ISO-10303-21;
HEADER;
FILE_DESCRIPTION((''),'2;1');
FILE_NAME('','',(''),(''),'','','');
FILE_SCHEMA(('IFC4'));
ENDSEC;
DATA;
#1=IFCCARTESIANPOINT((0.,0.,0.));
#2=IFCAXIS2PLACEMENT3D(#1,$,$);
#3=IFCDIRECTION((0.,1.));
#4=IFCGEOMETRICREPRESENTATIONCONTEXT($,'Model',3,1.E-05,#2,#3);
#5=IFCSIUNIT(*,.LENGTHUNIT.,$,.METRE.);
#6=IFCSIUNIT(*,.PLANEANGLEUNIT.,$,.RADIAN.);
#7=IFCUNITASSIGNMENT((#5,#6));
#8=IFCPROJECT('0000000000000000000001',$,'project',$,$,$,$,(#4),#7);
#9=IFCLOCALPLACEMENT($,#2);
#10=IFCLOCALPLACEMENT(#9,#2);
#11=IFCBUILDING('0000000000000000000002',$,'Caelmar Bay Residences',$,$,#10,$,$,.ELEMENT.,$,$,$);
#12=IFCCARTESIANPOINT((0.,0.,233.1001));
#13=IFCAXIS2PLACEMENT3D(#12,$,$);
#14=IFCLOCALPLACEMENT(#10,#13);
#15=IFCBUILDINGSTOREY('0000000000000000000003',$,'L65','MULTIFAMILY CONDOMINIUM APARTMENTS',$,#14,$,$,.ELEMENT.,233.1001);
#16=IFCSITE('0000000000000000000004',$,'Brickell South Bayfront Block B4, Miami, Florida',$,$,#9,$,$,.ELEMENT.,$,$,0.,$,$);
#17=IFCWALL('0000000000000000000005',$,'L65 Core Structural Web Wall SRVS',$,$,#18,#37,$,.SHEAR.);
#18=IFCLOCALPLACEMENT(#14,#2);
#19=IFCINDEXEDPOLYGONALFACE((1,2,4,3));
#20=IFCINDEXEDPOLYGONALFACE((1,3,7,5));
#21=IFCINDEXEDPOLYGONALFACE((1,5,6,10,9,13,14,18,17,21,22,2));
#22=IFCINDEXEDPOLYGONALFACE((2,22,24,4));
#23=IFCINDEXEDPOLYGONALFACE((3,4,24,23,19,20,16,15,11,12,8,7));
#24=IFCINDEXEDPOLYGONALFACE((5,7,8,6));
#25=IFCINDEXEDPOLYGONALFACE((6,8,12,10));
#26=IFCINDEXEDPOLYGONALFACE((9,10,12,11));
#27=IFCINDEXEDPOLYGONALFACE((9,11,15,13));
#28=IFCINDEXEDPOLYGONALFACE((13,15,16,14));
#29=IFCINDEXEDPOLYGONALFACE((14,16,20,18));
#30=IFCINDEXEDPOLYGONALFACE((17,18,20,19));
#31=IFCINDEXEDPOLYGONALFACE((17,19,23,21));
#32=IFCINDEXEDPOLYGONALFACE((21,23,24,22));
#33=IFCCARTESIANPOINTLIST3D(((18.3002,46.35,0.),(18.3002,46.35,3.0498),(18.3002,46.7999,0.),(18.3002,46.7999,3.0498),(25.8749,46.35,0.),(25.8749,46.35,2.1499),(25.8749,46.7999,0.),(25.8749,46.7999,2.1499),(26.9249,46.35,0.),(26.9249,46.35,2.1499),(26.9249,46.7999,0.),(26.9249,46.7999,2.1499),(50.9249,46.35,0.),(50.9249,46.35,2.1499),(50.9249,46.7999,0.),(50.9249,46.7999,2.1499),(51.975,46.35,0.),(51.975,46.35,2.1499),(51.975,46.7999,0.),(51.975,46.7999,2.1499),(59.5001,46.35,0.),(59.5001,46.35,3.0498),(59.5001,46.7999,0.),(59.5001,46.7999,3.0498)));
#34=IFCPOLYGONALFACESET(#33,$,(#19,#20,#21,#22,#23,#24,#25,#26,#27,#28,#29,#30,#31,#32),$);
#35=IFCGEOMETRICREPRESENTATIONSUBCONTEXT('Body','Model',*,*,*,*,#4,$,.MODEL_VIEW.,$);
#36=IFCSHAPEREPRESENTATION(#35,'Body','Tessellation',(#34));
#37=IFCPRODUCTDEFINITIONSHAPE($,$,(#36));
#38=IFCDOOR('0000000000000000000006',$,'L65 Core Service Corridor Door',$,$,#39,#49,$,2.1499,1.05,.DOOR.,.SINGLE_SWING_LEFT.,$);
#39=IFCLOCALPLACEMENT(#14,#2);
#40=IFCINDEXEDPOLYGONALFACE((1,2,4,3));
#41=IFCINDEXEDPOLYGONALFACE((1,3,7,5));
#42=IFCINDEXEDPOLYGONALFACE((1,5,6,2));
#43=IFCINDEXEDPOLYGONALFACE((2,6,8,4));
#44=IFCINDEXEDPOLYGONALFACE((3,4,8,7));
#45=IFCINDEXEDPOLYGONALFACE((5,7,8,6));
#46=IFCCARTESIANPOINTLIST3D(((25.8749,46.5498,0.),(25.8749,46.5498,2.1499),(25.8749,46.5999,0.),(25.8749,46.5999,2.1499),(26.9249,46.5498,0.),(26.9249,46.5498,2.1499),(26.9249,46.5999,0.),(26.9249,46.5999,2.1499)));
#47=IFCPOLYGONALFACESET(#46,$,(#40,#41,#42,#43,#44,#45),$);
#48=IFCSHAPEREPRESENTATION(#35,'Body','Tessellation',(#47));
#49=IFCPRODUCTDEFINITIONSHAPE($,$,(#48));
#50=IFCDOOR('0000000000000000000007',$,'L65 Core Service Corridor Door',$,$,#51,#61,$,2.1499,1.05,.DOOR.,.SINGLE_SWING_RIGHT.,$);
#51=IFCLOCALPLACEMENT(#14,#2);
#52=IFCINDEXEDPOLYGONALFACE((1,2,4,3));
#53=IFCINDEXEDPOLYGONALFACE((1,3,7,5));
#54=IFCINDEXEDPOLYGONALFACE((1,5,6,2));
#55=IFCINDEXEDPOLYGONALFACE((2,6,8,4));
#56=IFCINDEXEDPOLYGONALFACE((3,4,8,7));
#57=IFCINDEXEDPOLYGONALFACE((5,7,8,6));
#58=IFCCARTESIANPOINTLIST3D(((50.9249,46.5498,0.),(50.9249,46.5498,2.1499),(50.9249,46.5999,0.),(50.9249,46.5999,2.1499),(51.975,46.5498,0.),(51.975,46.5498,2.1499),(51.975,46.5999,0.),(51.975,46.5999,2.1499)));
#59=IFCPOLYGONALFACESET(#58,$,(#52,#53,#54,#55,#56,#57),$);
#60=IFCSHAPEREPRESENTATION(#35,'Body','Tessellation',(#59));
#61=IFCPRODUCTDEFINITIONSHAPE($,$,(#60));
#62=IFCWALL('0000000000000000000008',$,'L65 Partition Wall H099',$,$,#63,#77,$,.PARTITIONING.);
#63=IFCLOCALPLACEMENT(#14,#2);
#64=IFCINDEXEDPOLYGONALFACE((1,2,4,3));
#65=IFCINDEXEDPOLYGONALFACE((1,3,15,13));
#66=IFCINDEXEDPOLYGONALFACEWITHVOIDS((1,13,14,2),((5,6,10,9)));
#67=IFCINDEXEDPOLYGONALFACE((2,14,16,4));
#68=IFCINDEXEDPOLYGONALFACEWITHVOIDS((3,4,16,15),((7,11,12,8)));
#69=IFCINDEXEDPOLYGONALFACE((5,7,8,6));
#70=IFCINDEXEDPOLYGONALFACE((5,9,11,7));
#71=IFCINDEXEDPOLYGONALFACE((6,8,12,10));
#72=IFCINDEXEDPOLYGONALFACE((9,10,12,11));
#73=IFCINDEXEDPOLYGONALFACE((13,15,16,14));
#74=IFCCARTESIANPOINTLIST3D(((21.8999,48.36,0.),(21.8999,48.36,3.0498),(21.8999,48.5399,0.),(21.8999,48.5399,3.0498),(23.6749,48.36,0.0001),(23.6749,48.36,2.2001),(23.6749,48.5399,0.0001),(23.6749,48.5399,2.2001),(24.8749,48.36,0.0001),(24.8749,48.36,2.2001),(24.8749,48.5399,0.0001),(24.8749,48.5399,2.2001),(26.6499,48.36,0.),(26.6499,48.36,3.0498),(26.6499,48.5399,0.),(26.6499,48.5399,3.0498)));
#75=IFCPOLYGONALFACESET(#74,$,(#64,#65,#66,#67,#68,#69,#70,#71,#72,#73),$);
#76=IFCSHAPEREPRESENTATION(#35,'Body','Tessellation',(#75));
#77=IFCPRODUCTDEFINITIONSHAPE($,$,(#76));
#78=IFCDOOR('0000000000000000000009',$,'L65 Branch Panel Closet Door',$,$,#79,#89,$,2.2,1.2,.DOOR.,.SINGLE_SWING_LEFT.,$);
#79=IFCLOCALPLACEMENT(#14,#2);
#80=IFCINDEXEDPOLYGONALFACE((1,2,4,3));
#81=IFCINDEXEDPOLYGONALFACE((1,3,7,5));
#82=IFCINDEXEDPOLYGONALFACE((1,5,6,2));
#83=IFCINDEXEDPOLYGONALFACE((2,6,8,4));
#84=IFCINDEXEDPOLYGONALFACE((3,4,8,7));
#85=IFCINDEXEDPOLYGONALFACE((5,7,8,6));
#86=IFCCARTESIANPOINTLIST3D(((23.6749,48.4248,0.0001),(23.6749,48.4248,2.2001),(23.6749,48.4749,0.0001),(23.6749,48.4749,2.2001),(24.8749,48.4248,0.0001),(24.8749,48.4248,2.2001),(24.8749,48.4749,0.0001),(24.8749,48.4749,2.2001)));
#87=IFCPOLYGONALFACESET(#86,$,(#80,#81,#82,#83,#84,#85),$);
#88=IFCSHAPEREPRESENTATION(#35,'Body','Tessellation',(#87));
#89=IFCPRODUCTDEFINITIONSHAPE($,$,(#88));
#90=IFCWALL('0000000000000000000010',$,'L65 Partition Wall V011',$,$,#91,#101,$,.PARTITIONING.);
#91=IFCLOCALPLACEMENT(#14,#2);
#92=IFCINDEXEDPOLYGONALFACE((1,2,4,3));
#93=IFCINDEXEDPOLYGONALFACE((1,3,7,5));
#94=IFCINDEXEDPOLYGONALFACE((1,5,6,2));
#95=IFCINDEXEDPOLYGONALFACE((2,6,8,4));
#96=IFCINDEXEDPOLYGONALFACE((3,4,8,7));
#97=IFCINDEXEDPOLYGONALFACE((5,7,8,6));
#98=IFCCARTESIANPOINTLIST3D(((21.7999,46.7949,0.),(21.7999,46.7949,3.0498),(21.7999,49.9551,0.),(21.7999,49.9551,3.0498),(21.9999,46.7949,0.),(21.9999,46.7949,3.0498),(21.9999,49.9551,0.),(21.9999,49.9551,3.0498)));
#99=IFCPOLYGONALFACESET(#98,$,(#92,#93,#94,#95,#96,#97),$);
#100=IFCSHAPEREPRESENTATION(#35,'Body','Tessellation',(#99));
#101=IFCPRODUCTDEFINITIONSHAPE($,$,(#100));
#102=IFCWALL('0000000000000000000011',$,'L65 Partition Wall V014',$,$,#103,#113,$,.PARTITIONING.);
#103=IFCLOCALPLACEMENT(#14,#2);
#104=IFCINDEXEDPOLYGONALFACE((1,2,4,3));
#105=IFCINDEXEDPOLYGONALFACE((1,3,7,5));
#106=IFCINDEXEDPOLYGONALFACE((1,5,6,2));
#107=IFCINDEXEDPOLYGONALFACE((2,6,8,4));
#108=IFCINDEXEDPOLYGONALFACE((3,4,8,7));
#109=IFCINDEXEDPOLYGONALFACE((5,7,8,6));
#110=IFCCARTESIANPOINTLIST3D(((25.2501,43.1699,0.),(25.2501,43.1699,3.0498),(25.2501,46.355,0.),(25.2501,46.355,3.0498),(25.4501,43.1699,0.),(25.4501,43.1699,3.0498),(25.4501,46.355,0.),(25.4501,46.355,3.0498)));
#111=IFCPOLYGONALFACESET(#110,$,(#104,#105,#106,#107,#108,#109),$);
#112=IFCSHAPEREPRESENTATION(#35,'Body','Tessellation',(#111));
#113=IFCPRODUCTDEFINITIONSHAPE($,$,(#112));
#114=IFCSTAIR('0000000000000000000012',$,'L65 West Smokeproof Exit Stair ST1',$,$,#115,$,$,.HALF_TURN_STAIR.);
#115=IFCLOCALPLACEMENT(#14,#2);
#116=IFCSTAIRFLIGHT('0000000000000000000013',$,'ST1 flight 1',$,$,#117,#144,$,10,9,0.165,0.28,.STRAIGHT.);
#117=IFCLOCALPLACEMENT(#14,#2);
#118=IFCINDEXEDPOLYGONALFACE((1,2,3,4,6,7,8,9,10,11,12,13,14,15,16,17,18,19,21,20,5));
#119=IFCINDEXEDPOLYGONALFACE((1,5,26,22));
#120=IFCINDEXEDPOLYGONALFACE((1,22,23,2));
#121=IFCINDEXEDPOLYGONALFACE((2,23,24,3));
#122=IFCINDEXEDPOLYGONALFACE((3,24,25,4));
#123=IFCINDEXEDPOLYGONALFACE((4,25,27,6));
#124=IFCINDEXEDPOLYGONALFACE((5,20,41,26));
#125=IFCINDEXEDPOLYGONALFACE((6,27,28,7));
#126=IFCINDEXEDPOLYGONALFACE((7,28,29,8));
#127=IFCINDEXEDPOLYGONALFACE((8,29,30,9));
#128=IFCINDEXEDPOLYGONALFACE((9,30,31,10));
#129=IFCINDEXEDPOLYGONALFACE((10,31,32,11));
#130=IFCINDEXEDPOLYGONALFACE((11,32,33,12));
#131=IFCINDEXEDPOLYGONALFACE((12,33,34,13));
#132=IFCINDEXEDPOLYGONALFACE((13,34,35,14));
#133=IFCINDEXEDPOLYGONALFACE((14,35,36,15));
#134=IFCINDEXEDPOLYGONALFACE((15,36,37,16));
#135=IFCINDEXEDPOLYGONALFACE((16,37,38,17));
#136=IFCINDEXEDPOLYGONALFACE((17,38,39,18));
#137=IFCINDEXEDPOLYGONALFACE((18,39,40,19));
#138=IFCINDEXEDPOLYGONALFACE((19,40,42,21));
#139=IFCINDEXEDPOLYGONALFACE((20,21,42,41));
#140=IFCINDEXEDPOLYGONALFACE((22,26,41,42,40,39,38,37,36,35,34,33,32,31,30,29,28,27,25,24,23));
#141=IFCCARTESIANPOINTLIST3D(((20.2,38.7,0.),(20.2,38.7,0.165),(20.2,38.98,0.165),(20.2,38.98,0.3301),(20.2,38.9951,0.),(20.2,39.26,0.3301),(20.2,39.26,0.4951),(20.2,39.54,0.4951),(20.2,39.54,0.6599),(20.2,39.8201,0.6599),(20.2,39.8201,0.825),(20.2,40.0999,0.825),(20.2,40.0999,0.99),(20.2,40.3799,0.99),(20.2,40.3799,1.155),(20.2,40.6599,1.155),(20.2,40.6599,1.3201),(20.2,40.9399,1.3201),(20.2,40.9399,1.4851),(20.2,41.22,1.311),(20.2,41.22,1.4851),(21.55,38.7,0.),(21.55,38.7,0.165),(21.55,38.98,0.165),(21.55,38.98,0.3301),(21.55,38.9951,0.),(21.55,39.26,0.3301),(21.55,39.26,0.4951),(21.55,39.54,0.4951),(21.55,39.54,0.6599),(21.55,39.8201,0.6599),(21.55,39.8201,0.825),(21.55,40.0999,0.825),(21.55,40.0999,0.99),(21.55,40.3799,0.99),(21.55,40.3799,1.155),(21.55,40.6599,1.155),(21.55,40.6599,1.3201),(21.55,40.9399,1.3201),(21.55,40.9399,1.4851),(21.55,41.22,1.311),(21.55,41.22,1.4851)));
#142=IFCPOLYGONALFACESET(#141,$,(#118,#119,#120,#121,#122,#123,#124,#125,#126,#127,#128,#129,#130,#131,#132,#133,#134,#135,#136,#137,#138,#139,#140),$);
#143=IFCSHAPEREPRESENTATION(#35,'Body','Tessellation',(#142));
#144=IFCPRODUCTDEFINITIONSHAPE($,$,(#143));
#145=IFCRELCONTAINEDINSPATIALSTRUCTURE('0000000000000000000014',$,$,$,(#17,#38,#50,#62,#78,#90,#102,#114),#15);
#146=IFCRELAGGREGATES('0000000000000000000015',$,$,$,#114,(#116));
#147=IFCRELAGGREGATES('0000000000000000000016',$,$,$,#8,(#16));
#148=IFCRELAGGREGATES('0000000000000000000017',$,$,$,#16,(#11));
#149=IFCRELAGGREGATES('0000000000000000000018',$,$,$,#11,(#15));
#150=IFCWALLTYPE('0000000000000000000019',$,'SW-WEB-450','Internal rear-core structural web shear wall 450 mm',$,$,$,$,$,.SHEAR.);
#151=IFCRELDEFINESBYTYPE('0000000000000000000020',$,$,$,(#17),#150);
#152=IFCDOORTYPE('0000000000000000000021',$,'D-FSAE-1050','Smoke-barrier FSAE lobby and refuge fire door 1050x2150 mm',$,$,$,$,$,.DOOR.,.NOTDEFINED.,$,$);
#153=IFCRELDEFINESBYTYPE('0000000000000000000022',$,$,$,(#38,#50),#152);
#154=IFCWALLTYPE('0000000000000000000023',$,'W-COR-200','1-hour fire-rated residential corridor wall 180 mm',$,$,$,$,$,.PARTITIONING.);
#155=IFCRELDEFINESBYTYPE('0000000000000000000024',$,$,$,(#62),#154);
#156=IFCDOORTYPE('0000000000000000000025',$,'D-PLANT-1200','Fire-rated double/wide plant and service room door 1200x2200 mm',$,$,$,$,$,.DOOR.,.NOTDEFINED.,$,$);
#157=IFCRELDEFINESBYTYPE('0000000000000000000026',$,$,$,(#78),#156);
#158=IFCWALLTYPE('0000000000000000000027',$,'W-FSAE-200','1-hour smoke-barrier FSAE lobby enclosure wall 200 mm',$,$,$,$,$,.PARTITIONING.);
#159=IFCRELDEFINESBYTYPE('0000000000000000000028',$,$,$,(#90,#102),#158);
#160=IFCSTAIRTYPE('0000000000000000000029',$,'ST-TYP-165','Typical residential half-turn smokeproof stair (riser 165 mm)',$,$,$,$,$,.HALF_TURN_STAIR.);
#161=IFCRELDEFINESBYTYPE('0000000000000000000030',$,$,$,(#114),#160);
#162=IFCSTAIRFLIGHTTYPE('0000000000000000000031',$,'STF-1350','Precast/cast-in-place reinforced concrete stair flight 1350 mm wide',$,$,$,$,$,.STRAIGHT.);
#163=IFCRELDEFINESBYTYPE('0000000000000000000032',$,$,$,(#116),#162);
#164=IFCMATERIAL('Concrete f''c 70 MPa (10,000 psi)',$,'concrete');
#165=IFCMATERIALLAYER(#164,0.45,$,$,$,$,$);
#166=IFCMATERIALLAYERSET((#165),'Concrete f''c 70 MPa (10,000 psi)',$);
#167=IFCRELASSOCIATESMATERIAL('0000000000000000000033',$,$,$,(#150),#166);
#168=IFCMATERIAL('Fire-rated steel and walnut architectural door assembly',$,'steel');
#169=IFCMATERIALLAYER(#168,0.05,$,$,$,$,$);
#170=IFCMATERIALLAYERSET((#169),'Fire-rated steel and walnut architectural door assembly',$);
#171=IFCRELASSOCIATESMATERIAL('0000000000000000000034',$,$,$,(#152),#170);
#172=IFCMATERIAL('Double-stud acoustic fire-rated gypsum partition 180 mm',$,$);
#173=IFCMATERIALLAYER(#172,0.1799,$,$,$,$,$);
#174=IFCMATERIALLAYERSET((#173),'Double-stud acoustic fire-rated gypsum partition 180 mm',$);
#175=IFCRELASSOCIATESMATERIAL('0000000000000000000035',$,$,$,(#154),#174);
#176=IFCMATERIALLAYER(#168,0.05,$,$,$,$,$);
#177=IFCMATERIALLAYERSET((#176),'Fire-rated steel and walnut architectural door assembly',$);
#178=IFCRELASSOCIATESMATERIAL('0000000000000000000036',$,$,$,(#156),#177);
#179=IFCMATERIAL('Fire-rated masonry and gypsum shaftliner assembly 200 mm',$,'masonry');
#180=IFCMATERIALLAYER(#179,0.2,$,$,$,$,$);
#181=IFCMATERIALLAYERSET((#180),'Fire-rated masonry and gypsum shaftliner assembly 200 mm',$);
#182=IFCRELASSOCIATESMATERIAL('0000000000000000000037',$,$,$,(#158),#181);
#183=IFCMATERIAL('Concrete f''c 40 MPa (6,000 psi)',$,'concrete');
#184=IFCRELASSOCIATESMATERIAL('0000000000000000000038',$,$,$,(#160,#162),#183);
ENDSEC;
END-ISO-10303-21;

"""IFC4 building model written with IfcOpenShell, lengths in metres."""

from ifc_helpers import new_model, si_unit, direction, frame, frame_2d, origin, place, context, subcontext, project, spatial, polyline, rectangle, outline, extrude, material, layer, layer_set, type_object, element, fill, aggregate, save


model = new_model("IFC4")

# Units and contexts
model_context = context("Model", 3, precision=1e-05, world=origin(), true_north=direction((0.0, 1.0)))
body_context = subcontext(model_context, "Body", "Model", "MODEL_VIEW")
ifc_project = project(units=[si_unit("LENGTHUNIT", "METRE"), si_unit("PLANEANGLEUNIT", "RADIAN")], contexts=[model_context])

# Site, building, storey
site_placement = place(None, origin())
site = spatial("IfcSite", under=ifc_project, at=site_placement, Name="Brickell South Bayfront Block B4, Miami, Florida", CompositionType="ELEMENT", RefElevation=0.0)
building_placement = place(site_placement, origin())
building = spatial("IfcBuilding", under=site, at=building_placement, Name="Caelmar Bay Residences", CompositionType="ELEMENT")
storey_placement = place(building_placement, frame((0.0, 0.0, 233.1001)))
storey = spatial("IfcBuildingStorey", under=building, at=storey_placement, Name="L65", Description="MULTIFAMILY CONDOMINIUM APARTMENTS", CompositionType="ELEMENT", Elevation=233.1001)

# Wall, openings, doors
ifc_material_1 = material(Name="Concrete f'c 70 MPa (10,000 psi)", Category="concrete")
ifc_layer_1 = layer(ifc_material_1, 0.45)
ifc_layer_set_1 = layer_set([ifc_layer_1], Name="Concrete f'c 70 MPa (10,000 psi)")
wall_type_1 = type_object("IfcWallType", Name="SW-WEB-450", Description="Internal rear-core structural web shear wall 450 mm", PredefinedType="SHEAR", material=ifc_layer_set_1)
ifc_material_2 = material(Name="Fire-rated steel and walnut architectural door assembly", Category="steel")
ifc_layer_2 = layer(ifc_material_2, 0.05)
ifc_layer_set_2 = layer_set([ifc_layer_2], Name="Fire-rated steel and walnut architectural door assembly")
door_type_1 = type_object("IfcDoorType", Name="D-FSAE-1050", Description="Smoke-barrier FSAE lobby and refuge fire door 1050x2150 mm", OperationType="NOTDEFINED", PredefinedType="DOOR", material=ifc_layer_set_2)
wall_1_placement = place(storey_placement, frame((18.3, 46.575, 0.0), z_axis=(0.0, 0.0, 1.0), x_axis=(1.0, 0.0, 0.0)))
wall_1 = element("IfcWall", 1, at=wall_1_placement, inside=storey, type_object=wall_type_1, Name="L65 Core Structural Web Wall SRVS", PredefinedType="SHEAR", context=body_context, shape_type="SweptSolid", body=[
    extrude(rectangle(XDim=41.2, YDim=0.45, at=frame_2d((20.6001, 0.0))), origin(), (0.0, 0.0, 1.0), 3.0498),
])
opening_1_placement = place(wall_1_placement, frame((7.575, 0.0, 0.0)))
opening_1 = element("IfcOpeningElement", 2, at=opening_1_placement, cuts=wall_1, PredefinedType="OPENING", context=body_context, shape_type="SweptSolid", body=[
    extrude(rectangle(XDim=1.05, YDim=2.1499, at=frame_2d((0.5249, 1.075))), frame((0.0, 0.2349, 0.0), z_axis=(0.0, -1.0, 0.0), x_axis=(1.0, 0.0, 0.0)), (0.0, 0.0, 1.0), 0.47),
])
opening_2_placement = place(wall_1_placement, frame((32.625, 0.0, 0.0)))
opening_2 = element("IfcOpeningElement", 3, at=opening_2_placement, cuts=wall_1, PredefinedType="OPENING", context=body_context, shape_type="SweptSolid", body=[
    extrude(rectangle(XDim=1.05, YDim=2.1499, at=frame_2d((0.5249, 1.075))), frame((0.0, 0.2349, 0.0), z_axis=(0.0, -1.0, 0.0), x_axis=(1.0, 0.0, 0.0)), (0.0, 0.0, 1.0), 0.47),
])
door_1_placement = place(opening_1_placement, origin())
door_1 = element("IfcDoor", 4, at=door_1_placement, inside=storey, type_object=door_type_1, Name="L65 Core Service Corridor Door", OperationType="SINGLE_SWING_LEFT", OverallHeight=2.1499, OverallWidth=1.05, PredefinedType="DOOR", context=body_context, shape_type="SweptSolid", body=[
    extrude(rectangle(XDim=1.05, YDim=2.1499, at=frame_2d((0.5249, 1.075))), frame((0.0, 0.0249, 0.0), z_axis=(0.0, -1.0, 0.0), x_axis=(1.0, 0.0, 0.0)), (0.0, 0.0, 1.0), 0.05),
])
fill(opening_1, door_1)
door_2_placement = place(opening_2_placement, origin())
door_2 = element("IfcDoor", 5, at=door_2_placement, inside=storey, type_object=door_type_1, Name="L65 Core Service Corridor Door", OperationType="SINGLE_SWING_RIGHT", OverallHeight=2.1499, OverallWidth=1.05, PredefinedType="DOOR", context=body_context, shape_type="SweptSolid", body=[
    extrude(rectangle(XDim=1.05, YDim=2.1499, at=frame_2d((0.5249, 1.075))), frame((0.0, 0.0249, 0.0), z_axis=(0.0, -1.0, 0.0), x_axis=(1.0, 0.0, 0.0)), (0.0, 0.0, 1.0), 0.05),
])
fill(opening_2, door_2)

# Wall, opening, door
ifc_material_3 = material(Name="Double-stud acoustic fire-rated gypsum partition 180 mm")
ifc_layer_3 = layer(ifc_material_3, 0.1799)
ifc_layer_set_3 = layer_set([ifc_layer_3], Name="Double-stud acoustic fire-rated gypsum partition 180 mm")
wall_type_2 = type_object("IfcWallType", Name="W-COR-200", Description="1-hour fire-rated residential corridor wall 180 mm", PredefinedType="PARTITIONING", material=ifc_layer_set_3)
wall_2_placement = place(storey_placement, frame((21.8999, 48.45, 0.0), z_axis=(0.0, 0.0, 1.0), x_axis=(1.0, 0.0, 0.0)))
wall_2 = element("IfcWall", 6, at=wall_2_placement, inside=storey, type_object=wall_type_2, Name="L65 Partition Wall H099", PredefinedType="PARTITIONING", context=body_context, shape_type="SweptSolid", body=[
    extrude(rectangle(XDim=4.75, YDim=0.1799, at=frame_2d((2.375, 0.0))), origin(), (0.0, 0.0, 1.0), 3.0498),
])
opening_3_placement = place(wall_2_placement, frame((1.7749, 0.0, 0.0)))
opening_3 = element("IfcOpeningElement", 7, at=opening_3_placement, cuts=wall_2, PredefinedType="OPENING", context=body_context, shape_type="SweptSolid", body=[
    extrude(rectangle(XDim=1.2, YDim=2.2, at=frame_2d((0.6001, 1.1001))), frame((0.0, 0.0999, 0.0), z_axis=(0.0, -1.0, 0.0), x_axis=(1.0, 0.0, 0.0)), (0.0, 0.0, 1.0), 0.2),
])
ifc_layer_4 = layer(ifc_material_2, 0.05)
ifc_layer_set_4 = layer_set([ifc_layer_4], Name="Fire-rated steel and walnut architectural door assembly")
door_type_2 = type_object("IfcDoorType", Name="D-PLANT-1200", Description="Fire-rated double/wide plant and service room door 1200x2200 mm", OperationType="NOTDEFINED", PredefinedType="DOOR", material=ifc_layer_set_4)
door_3_placement = place(opening_3_placement, origin())
door_3 = element("IfcDoor", 8, at=door_3_placement, inside=storey, type_object=door_type_2, Name="L65 Branch Panel Closet Door", OperationType="SINGLE_SWING_LEFT", OverallHeight=2.2, OverallWidth=1.2, PredefinedType="DOOR", context=body_context, shape_type="SweptSolid", body=[
    extrude(rectangle(XDim=1.2, YDim=2.2, at=frame_2d((0.6001, 1.1001))), frame((0.0, 0.0249, 0.0), z_axis=(0.0, -1.0, 0.0), x_axis=(1.0, 0.0, 0.0)), (0.0, 0.0, 1.0), 0.05),
])
fill(opening_3, door_3)

# Walls
ifc_material_4 = material(Name="Fire-rated masonry and gypsum shaftliner assembly 200 mm", Category="masonry")
ifc_layer_5 = layer(ifc_material_4, 0.2)
ifc_layer_set_5 = layer_set([ifc_layer_5], Name="Fire-rated masonry and gypsum shaftliner assembly 200 mm")
wall_type_3 = type_object("IfcWallType", Name="W-FSAE-200", Description="1-hour smoke-barrier FSAE lobby enclosure wall 200 mm", PredefinedType="PARTITIONING", material=ifc_layer_set_5)
wall_3_placement = place(storey_placement, frame((21.8999, 46.7949, 0.0), z_axis=(0.0, 0.0, 1.0), x_axis=(0.0, 1.0, 0.0)))
element("IfcWall", 9, at=wall_3_placement, inside=storey, type_object=wall_type_3, Name="L65 Partition Wall V011", PredefinedType="PARTITIONING", context=body_context, shape_type="SweptSolid", body=[
    extrude(rectangle(XDim=3.1602, YDim=0.2, at=frame_2d((1.5801, 0.0))), origin(), (0.0, 0.0, 1.0), 3.0498),
])
wall_4_placement = place(storey_placement, frame((25.3501, 43.1699, 0.0), z_axis=(0.0, 0.0, 1.0), x_axis=(0.0, 1.0, 0.0)))
element("IfcWall", 10, at=wall_4_placement, inside=storey, type_object=wall_type_3, Name="L65 Partition Wall V014", PredefinedType="PARTITIONING", context=body_context, shape_type="SweptSolid", body=[
    extrude(rectangle(XDim=3.1851, YDim=0.2, at=frame_2d((1.5925, 0.0))), origin(), (0.0, 0.0, 1.0), 3.0498),
])

# Stair, stair flight
ifc_material_5 = material(Name="Concrete f'c 40 MPa (6,000 psi)", Category="concrete")
stair_type = type_object("IfcStairType", Name="ST-TYP-165", Description="Typical residential half-turn smokeproof stair (riser 165 mm)", PredefinedType="HALF_TURN_STAIR", material=ifc_material_5)
stair_placement = place(storey_placement, origin())
stair = element("IfcStair", 11, at=stair_placement, inside=storey, type_object=stair_type, Name="L65 West Smokeproof Exit Stair ST1", PredefinedType="HALF_TURN_STAIR")
stair_flight_type = type_object("IfcStairFlightType", Name="STF-1350", Description="Precast/cast-in-place reinforced concrete stair flight 1350 mm wide", PredefinedType="STRAIGHT", material=ifc_material_5)
stair_flight_1_placement = place(storey_placement, frame((20.875, 38.7, 0.0), z_axis=(0.0, 0.0, 1.0), x_axis=(0.0, 1.0, 0.0)))
stair_flight_1 = element("IfcStairFlight", 12, at=stair_flight_1_placement, type_object=stair_flight_type, Name="ST1 flight 1", NumberOfRisers=10, NumberOfTreads=9, PredefinedType="STRAIGHT", RiserHeight=0.165, TreadLength=0.28, context=body_context, shape_type="SweptSolid", body=[
    extrude(outline(polyline([(0.0, 0.0), (0.0, 0.165), (0.28, 0.165), (0.28, 0.3301), (0.5601, 0.3301), (0.5601, 0.4951), (0.8401, 0.4951), (0.8401, 0.6599), (1.1201, 0.6599), (1.1201, 0.825), (1.3999, 0.825), (1.3999, 0.99), (1.6799, 0.99), (1.6799, 1.155), (1.96, 1.155), (1.96, 1.3201), (2.24, 1.3201), (2.24, 1.4851), (2.52, 1.4851), (2.52, 1.6499), (2.52, 1.311), (0.2952, 0.0), (0.0, 0.0)])), frame((0.0, 0.675, 0.0), z_axis=(0.0, -1.0, 0.0), x_axis=(1.0, 0.0, 0.0)), (0.0, 0.0, 1.0), 1.3501),
])
aggregate(stair, [stair_flight_1])

save(model, "model.ifc")
